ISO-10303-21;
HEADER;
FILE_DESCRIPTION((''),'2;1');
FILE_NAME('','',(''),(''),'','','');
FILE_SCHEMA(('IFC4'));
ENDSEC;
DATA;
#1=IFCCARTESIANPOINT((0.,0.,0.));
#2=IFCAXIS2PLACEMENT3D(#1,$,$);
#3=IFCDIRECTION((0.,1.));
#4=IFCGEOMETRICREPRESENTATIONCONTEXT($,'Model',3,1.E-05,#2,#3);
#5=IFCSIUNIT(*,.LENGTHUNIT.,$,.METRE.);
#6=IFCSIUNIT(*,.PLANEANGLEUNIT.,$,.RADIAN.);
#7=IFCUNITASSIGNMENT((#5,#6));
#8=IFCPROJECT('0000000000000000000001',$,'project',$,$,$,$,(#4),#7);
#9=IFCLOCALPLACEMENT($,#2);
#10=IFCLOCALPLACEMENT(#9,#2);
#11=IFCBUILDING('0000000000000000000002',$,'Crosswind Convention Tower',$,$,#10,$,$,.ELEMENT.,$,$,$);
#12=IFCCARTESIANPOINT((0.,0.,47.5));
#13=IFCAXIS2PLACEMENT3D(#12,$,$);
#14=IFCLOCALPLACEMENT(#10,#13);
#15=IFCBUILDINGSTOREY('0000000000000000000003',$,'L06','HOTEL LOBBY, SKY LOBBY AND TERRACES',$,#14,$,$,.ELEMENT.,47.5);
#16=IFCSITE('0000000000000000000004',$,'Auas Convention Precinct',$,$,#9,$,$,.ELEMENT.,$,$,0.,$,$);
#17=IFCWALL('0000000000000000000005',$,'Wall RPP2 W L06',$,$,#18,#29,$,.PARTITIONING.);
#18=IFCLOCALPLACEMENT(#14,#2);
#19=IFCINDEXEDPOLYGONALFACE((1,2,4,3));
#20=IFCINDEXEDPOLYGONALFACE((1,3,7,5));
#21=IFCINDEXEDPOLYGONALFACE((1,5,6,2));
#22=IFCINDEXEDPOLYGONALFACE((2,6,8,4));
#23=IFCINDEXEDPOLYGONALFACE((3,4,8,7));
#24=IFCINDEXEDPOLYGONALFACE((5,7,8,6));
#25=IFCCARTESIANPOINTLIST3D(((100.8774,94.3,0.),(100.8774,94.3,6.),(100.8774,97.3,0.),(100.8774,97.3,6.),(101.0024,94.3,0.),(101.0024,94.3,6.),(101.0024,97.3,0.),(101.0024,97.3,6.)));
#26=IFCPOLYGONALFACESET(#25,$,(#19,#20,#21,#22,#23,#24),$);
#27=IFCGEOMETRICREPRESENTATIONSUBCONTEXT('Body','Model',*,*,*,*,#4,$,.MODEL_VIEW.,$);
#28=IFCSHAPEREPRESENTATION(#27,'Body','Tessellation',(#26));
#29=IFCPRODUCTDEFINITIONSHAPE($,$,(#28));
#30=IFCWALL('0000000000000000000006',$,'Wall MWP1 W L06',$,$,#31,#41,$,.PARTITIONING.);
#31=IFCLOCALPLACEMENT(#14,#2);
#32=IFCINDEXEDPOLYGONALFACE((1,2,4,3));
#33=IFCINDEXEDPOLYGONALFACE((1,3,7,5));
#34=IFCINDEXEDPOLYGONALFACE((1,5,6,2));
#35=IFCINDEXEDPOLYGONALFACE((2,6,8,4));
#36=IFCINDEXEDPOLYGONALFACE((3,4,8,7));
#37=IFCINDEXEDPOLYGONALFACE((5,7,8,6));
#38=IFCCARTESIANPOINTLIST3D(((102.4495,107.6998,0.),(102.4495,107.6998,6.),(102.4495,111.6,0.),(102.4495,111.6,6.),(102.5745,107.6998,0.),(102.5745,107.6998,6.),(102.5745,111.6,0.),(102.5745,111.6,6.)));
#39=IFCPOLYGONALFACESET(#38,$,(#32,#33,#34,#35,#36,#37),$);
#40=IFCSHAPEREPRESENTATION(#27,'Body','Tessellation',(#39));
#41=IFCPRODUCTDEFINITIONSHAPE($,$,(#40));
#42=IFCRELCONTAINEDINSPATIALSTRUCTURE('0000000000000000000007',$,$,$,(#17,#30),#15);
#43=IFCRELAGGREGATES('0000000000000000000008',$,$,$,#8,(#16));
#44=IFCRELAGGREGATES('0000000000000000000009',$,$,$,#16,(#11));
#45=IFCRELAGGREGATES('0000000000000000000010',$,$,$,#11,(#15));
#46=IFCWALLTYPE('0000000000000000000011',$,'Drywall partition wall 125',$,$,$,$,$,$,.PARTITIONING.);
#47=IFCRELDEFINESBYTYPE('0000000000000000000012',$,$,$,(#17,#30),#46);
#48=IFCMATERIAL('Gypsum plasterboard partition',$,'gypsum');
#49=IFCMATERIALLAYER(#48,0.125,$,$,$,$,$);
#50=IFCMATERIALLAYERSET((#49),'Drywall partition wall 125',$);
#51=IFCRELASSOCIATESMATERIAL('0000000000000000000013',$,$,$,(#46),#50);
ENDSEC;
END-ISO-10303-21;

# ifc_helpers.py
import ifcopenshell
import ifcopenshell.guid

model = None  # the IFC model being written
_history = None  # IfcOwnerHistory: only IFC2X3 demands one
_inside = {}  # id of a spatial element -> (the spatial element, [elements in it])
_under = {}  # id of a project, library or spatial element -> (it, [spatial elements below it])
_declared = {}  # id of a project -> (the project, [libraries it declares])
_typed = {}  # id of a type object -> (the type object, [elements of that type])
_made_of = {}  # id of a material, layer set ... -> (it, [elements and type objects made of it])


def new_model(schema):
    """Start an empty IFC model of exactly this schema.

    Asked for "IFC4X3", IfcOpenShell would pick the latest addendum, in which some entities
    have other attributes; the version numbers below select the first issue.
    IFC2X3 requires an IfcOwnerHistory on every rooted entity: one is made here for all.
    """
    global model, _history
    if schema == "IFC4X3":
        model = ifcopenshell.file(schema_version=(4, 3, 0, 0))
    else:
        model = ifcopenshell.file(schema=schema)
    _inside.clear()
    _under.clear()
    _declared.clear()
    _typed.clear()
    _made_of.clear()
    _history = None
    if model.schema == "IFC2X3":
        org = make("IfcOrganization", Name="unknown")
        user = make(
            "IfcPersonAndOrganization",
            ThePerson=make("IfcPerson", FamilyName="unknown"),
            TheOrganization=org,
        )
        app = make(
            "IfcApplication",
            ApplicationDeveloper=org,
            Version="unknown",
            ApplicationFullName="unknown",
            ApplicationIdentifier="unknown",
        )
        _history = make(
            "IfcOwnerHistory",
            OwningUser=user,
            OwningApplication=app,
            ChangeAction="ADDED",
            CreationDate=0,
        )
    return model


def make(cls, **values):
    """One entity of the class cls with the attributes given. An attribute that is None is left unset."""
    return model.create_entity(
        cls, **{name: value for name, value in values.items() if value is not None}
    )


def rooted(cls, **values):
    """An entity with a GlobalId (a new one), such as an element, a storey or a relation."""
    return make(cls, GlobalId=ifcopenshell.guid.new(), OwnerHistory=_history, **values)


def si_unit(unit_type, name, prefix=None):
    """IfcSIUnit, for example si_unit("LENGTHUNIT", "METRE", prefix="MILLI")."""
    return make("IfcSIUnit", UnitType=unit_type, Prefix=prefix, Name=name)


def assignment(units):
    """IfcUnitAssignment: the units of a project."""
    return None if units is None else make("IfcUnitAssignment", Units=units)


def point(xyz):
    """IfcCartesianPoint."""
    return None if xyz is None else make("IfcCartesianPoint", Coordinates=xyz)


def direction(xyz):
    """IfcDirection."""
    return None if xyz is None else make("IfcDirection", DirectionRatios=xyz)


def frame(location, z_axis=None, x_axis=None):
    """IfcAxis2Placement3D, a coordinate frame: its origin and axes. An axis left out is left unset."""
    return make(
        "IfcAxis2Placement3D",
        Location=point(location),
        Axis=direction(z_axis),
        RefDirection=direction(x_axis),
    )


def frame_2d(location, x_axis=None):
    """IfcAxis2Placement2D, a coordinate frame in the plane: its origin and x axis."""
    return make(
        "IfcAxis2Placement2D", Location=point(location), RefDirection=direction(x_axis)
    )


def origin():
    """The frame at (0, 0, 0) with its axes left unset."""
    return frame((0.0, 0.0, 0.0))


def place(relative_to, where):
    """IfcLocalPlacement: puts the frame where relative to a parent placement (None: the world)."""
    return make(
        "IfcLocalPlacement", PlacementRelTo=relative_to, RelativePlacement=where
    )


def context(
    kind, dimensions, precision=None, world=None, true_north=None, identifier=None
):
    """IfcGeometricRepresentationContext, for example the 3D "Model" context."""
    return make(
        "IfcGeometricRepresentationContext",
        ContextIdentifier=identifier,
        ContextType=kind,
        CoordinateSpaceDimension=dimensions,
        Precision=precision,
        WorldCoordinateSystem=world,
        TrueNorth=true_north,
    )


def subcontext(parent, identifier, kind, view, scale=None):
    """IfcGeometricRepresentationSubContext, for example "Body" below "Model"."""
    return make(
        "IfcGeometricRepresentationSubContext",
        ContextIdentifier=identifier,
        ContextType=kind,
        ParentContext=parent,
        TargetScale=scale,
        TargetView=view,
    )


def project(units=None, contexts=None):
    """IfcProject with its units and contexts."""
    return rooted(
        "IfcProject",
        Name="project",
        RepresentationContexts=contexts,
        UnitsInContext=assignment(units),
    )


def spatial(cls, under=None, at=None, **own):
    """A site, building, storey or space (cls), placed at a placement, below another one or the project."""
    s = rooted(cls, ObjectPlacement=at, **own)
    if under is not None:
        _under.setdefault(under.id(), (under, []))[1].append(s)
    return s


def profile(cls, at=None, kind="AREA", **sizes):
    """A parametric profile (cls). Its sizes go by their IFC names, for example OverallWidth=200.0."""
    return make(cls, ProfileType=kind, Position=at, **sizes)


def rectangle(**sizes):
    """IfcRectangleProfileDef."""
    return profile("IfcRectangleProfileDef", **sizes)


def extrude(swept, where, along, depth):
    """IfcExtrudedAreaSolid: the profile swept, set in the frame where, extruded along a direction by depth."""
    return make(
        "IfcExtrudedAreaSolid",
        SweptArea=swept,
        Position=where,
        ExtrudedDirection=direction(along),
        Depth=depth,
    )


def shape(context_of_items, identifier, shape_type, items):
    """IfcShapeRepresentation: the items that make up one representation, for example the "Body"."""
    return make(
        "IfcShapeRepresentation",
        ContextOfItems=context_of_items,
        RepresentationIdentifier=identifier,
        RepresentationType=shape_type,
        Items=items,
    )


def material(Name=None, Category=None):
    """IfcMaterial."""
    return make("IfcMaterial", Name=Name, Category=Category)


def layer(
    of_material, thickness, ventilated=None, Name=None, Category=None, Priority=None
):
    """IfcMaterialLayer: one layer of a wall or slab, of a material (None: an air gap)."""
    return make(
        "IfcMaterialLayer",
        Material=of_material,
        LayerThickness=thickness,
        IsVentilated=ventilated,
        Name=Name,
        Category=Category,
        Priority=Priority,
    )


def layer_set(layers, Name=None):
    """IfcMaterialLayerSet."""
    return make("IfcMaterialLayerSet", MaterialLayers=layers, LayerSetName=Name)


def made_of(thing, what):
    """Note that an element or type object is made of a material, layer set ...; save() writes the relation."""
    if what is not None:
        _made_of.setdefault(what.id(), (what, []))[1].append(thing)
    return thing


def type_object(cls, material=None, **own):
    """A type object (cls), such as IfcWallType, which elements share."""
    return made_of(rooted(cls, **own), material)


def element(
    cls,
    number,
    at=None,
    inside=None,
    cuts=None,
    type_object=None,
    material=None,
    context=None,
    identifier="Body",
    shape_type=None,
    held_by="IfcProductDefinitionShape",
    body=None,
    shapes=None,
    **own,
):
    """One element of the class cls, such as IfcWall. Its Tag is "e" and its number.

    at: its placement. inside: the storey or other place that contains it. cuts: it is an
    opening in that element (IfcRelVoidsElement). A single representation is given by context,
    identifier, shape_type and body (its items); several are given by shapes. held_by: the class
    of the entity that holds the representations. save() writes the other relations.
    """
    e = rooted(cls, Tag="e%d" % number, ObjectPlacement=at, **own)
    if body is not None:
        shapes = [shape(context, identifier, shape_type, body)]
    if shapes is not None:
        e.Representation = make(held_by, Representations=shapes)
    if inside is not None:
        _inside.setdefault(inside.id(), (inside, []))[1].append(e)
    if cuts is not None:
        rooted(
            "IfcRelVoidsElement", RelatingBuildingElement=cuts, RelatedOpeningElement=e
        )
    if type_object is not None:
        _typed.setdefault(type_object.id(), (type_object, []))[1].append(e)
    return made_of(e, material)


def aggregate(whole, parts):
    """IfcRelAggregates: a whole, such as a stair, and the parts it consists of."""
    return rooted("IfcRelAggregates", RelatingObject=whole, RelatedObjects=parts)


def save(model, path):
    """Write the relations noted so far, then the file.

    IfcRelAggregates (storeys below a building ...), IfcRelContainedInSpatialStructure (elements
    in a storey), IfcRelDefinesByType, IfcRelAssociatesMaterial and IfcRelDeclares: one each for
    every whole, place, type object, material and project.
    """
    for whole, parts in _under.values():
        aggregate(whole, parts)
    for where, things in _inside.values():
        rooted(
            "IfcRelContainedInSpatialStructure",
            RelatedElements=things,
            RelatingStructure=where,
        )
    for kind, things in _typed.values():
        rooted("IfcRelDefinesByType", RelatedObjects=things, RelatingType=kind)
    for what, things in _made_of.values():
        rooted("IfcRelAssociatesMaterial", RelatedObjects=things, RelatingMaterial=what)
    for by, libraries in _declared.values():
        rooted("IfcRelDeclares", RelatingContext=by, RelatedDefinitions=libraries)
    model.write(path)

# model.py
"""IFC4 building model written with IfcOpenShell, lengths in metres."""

from ifc_helpers import new_model, si_unit, direction, frame, frame_2d, origin, place, context, subcontext, project, spatial, rectangle, extrude, material, layer, layer_set, type_object, element, save


model = new_model("IFC4")

# Units and contexts
model_context = context("Model", 3, precision=1e-05, world=origin(), true_north=direction((0.0, 1.0)))
body_context = subcontext(model_context, "Body", "Model", "MODEL_VIEW")
ifc_project = project(units=[si_unit("LENGTHUNIT", "METRE"), si_unit("PLANEANGLEUNIT", "RADIAN")], contexts=[model_context])

# Site, building, storey
site_placement = place(None, origin())
site = spatial("IfcSite", under=ifc_project, at=site_placement, Name="Auas Convention Precinct", CompositionType="ELEMENT", RefElevation=0.0)
building_placement = place(site_placement, origin())
building = spatial("IfcBuilding", under=site, at=building_placement, Name="Crosswind Convention Tower", CompositionType="ELEMENT")
storey_placement = place(building_placement, frame((0.0, 0.0, 47.5)))
storey = spatial("IfcBuildingStorey", under=building, at=storey_placement, Name="L06", Description="HOTEL LOBBY, SKY LOBBY AND TERRACES", CompositionType="ELEMENT", Elevation=47.5)

# Walls
ifc_material_1 = material(Name="Gypsum plasterboard partition", Category="gypsum")
ifc_layer_1 = layer(ifc_material_1, 0.125)
ifc_layer_set_1 = layer_set([ifc_layer_1], Name="Drywall partition wall 125")
wall_type_1 = type_object("IfcWallType", Name="Drywall partition wall 125", PredefinedType="PARTITIONING", material=ifc_layer_set_1)
wall_1_placement = place(storey_placement, frame((100.9399, 97.3, 0.0), z_axis=(0.0, 0.0, 1.0), x_axis=(0.0, -1.0, 0.0)))
element("IfcWall", 1, at=wall_1_placement, inside=storey, type_object=wall_type_1, Name="Wall RPP2 W L06", PredefinedType="PARTITIONING", context=body_context, shape_type="SweptSolid", body=[
    extrude(rectangle(XDim=3.0, YDim=0.125, at=frame_2d((1.5, 0.0))), origin(), (0.0, 0.0, 1.0), 6.0),
])
wall_2_placement = place(storey_placement, frame((102.512, 111.6001, 0.0), z_axis=(0.0, 0.0, 1.0), x_axis=(0.0, -1.0, 0.0)))
element("IfcWall", 2, at=wall_2_placement, inside=storey, type_object=wall_type_1, Name="Wall MWP1 W L06", PredefinedType="PARTITIONING", context=body_context, shape_type="SweptSolid", body=[
    extrude(rectangle(XDim=3.9001, YDim=0.125, at=frame_2d((1.9502, 0.0))), origin(), (0.0, 0.0, 1.0), 6.0),
])

save(model, "model.ifc")
